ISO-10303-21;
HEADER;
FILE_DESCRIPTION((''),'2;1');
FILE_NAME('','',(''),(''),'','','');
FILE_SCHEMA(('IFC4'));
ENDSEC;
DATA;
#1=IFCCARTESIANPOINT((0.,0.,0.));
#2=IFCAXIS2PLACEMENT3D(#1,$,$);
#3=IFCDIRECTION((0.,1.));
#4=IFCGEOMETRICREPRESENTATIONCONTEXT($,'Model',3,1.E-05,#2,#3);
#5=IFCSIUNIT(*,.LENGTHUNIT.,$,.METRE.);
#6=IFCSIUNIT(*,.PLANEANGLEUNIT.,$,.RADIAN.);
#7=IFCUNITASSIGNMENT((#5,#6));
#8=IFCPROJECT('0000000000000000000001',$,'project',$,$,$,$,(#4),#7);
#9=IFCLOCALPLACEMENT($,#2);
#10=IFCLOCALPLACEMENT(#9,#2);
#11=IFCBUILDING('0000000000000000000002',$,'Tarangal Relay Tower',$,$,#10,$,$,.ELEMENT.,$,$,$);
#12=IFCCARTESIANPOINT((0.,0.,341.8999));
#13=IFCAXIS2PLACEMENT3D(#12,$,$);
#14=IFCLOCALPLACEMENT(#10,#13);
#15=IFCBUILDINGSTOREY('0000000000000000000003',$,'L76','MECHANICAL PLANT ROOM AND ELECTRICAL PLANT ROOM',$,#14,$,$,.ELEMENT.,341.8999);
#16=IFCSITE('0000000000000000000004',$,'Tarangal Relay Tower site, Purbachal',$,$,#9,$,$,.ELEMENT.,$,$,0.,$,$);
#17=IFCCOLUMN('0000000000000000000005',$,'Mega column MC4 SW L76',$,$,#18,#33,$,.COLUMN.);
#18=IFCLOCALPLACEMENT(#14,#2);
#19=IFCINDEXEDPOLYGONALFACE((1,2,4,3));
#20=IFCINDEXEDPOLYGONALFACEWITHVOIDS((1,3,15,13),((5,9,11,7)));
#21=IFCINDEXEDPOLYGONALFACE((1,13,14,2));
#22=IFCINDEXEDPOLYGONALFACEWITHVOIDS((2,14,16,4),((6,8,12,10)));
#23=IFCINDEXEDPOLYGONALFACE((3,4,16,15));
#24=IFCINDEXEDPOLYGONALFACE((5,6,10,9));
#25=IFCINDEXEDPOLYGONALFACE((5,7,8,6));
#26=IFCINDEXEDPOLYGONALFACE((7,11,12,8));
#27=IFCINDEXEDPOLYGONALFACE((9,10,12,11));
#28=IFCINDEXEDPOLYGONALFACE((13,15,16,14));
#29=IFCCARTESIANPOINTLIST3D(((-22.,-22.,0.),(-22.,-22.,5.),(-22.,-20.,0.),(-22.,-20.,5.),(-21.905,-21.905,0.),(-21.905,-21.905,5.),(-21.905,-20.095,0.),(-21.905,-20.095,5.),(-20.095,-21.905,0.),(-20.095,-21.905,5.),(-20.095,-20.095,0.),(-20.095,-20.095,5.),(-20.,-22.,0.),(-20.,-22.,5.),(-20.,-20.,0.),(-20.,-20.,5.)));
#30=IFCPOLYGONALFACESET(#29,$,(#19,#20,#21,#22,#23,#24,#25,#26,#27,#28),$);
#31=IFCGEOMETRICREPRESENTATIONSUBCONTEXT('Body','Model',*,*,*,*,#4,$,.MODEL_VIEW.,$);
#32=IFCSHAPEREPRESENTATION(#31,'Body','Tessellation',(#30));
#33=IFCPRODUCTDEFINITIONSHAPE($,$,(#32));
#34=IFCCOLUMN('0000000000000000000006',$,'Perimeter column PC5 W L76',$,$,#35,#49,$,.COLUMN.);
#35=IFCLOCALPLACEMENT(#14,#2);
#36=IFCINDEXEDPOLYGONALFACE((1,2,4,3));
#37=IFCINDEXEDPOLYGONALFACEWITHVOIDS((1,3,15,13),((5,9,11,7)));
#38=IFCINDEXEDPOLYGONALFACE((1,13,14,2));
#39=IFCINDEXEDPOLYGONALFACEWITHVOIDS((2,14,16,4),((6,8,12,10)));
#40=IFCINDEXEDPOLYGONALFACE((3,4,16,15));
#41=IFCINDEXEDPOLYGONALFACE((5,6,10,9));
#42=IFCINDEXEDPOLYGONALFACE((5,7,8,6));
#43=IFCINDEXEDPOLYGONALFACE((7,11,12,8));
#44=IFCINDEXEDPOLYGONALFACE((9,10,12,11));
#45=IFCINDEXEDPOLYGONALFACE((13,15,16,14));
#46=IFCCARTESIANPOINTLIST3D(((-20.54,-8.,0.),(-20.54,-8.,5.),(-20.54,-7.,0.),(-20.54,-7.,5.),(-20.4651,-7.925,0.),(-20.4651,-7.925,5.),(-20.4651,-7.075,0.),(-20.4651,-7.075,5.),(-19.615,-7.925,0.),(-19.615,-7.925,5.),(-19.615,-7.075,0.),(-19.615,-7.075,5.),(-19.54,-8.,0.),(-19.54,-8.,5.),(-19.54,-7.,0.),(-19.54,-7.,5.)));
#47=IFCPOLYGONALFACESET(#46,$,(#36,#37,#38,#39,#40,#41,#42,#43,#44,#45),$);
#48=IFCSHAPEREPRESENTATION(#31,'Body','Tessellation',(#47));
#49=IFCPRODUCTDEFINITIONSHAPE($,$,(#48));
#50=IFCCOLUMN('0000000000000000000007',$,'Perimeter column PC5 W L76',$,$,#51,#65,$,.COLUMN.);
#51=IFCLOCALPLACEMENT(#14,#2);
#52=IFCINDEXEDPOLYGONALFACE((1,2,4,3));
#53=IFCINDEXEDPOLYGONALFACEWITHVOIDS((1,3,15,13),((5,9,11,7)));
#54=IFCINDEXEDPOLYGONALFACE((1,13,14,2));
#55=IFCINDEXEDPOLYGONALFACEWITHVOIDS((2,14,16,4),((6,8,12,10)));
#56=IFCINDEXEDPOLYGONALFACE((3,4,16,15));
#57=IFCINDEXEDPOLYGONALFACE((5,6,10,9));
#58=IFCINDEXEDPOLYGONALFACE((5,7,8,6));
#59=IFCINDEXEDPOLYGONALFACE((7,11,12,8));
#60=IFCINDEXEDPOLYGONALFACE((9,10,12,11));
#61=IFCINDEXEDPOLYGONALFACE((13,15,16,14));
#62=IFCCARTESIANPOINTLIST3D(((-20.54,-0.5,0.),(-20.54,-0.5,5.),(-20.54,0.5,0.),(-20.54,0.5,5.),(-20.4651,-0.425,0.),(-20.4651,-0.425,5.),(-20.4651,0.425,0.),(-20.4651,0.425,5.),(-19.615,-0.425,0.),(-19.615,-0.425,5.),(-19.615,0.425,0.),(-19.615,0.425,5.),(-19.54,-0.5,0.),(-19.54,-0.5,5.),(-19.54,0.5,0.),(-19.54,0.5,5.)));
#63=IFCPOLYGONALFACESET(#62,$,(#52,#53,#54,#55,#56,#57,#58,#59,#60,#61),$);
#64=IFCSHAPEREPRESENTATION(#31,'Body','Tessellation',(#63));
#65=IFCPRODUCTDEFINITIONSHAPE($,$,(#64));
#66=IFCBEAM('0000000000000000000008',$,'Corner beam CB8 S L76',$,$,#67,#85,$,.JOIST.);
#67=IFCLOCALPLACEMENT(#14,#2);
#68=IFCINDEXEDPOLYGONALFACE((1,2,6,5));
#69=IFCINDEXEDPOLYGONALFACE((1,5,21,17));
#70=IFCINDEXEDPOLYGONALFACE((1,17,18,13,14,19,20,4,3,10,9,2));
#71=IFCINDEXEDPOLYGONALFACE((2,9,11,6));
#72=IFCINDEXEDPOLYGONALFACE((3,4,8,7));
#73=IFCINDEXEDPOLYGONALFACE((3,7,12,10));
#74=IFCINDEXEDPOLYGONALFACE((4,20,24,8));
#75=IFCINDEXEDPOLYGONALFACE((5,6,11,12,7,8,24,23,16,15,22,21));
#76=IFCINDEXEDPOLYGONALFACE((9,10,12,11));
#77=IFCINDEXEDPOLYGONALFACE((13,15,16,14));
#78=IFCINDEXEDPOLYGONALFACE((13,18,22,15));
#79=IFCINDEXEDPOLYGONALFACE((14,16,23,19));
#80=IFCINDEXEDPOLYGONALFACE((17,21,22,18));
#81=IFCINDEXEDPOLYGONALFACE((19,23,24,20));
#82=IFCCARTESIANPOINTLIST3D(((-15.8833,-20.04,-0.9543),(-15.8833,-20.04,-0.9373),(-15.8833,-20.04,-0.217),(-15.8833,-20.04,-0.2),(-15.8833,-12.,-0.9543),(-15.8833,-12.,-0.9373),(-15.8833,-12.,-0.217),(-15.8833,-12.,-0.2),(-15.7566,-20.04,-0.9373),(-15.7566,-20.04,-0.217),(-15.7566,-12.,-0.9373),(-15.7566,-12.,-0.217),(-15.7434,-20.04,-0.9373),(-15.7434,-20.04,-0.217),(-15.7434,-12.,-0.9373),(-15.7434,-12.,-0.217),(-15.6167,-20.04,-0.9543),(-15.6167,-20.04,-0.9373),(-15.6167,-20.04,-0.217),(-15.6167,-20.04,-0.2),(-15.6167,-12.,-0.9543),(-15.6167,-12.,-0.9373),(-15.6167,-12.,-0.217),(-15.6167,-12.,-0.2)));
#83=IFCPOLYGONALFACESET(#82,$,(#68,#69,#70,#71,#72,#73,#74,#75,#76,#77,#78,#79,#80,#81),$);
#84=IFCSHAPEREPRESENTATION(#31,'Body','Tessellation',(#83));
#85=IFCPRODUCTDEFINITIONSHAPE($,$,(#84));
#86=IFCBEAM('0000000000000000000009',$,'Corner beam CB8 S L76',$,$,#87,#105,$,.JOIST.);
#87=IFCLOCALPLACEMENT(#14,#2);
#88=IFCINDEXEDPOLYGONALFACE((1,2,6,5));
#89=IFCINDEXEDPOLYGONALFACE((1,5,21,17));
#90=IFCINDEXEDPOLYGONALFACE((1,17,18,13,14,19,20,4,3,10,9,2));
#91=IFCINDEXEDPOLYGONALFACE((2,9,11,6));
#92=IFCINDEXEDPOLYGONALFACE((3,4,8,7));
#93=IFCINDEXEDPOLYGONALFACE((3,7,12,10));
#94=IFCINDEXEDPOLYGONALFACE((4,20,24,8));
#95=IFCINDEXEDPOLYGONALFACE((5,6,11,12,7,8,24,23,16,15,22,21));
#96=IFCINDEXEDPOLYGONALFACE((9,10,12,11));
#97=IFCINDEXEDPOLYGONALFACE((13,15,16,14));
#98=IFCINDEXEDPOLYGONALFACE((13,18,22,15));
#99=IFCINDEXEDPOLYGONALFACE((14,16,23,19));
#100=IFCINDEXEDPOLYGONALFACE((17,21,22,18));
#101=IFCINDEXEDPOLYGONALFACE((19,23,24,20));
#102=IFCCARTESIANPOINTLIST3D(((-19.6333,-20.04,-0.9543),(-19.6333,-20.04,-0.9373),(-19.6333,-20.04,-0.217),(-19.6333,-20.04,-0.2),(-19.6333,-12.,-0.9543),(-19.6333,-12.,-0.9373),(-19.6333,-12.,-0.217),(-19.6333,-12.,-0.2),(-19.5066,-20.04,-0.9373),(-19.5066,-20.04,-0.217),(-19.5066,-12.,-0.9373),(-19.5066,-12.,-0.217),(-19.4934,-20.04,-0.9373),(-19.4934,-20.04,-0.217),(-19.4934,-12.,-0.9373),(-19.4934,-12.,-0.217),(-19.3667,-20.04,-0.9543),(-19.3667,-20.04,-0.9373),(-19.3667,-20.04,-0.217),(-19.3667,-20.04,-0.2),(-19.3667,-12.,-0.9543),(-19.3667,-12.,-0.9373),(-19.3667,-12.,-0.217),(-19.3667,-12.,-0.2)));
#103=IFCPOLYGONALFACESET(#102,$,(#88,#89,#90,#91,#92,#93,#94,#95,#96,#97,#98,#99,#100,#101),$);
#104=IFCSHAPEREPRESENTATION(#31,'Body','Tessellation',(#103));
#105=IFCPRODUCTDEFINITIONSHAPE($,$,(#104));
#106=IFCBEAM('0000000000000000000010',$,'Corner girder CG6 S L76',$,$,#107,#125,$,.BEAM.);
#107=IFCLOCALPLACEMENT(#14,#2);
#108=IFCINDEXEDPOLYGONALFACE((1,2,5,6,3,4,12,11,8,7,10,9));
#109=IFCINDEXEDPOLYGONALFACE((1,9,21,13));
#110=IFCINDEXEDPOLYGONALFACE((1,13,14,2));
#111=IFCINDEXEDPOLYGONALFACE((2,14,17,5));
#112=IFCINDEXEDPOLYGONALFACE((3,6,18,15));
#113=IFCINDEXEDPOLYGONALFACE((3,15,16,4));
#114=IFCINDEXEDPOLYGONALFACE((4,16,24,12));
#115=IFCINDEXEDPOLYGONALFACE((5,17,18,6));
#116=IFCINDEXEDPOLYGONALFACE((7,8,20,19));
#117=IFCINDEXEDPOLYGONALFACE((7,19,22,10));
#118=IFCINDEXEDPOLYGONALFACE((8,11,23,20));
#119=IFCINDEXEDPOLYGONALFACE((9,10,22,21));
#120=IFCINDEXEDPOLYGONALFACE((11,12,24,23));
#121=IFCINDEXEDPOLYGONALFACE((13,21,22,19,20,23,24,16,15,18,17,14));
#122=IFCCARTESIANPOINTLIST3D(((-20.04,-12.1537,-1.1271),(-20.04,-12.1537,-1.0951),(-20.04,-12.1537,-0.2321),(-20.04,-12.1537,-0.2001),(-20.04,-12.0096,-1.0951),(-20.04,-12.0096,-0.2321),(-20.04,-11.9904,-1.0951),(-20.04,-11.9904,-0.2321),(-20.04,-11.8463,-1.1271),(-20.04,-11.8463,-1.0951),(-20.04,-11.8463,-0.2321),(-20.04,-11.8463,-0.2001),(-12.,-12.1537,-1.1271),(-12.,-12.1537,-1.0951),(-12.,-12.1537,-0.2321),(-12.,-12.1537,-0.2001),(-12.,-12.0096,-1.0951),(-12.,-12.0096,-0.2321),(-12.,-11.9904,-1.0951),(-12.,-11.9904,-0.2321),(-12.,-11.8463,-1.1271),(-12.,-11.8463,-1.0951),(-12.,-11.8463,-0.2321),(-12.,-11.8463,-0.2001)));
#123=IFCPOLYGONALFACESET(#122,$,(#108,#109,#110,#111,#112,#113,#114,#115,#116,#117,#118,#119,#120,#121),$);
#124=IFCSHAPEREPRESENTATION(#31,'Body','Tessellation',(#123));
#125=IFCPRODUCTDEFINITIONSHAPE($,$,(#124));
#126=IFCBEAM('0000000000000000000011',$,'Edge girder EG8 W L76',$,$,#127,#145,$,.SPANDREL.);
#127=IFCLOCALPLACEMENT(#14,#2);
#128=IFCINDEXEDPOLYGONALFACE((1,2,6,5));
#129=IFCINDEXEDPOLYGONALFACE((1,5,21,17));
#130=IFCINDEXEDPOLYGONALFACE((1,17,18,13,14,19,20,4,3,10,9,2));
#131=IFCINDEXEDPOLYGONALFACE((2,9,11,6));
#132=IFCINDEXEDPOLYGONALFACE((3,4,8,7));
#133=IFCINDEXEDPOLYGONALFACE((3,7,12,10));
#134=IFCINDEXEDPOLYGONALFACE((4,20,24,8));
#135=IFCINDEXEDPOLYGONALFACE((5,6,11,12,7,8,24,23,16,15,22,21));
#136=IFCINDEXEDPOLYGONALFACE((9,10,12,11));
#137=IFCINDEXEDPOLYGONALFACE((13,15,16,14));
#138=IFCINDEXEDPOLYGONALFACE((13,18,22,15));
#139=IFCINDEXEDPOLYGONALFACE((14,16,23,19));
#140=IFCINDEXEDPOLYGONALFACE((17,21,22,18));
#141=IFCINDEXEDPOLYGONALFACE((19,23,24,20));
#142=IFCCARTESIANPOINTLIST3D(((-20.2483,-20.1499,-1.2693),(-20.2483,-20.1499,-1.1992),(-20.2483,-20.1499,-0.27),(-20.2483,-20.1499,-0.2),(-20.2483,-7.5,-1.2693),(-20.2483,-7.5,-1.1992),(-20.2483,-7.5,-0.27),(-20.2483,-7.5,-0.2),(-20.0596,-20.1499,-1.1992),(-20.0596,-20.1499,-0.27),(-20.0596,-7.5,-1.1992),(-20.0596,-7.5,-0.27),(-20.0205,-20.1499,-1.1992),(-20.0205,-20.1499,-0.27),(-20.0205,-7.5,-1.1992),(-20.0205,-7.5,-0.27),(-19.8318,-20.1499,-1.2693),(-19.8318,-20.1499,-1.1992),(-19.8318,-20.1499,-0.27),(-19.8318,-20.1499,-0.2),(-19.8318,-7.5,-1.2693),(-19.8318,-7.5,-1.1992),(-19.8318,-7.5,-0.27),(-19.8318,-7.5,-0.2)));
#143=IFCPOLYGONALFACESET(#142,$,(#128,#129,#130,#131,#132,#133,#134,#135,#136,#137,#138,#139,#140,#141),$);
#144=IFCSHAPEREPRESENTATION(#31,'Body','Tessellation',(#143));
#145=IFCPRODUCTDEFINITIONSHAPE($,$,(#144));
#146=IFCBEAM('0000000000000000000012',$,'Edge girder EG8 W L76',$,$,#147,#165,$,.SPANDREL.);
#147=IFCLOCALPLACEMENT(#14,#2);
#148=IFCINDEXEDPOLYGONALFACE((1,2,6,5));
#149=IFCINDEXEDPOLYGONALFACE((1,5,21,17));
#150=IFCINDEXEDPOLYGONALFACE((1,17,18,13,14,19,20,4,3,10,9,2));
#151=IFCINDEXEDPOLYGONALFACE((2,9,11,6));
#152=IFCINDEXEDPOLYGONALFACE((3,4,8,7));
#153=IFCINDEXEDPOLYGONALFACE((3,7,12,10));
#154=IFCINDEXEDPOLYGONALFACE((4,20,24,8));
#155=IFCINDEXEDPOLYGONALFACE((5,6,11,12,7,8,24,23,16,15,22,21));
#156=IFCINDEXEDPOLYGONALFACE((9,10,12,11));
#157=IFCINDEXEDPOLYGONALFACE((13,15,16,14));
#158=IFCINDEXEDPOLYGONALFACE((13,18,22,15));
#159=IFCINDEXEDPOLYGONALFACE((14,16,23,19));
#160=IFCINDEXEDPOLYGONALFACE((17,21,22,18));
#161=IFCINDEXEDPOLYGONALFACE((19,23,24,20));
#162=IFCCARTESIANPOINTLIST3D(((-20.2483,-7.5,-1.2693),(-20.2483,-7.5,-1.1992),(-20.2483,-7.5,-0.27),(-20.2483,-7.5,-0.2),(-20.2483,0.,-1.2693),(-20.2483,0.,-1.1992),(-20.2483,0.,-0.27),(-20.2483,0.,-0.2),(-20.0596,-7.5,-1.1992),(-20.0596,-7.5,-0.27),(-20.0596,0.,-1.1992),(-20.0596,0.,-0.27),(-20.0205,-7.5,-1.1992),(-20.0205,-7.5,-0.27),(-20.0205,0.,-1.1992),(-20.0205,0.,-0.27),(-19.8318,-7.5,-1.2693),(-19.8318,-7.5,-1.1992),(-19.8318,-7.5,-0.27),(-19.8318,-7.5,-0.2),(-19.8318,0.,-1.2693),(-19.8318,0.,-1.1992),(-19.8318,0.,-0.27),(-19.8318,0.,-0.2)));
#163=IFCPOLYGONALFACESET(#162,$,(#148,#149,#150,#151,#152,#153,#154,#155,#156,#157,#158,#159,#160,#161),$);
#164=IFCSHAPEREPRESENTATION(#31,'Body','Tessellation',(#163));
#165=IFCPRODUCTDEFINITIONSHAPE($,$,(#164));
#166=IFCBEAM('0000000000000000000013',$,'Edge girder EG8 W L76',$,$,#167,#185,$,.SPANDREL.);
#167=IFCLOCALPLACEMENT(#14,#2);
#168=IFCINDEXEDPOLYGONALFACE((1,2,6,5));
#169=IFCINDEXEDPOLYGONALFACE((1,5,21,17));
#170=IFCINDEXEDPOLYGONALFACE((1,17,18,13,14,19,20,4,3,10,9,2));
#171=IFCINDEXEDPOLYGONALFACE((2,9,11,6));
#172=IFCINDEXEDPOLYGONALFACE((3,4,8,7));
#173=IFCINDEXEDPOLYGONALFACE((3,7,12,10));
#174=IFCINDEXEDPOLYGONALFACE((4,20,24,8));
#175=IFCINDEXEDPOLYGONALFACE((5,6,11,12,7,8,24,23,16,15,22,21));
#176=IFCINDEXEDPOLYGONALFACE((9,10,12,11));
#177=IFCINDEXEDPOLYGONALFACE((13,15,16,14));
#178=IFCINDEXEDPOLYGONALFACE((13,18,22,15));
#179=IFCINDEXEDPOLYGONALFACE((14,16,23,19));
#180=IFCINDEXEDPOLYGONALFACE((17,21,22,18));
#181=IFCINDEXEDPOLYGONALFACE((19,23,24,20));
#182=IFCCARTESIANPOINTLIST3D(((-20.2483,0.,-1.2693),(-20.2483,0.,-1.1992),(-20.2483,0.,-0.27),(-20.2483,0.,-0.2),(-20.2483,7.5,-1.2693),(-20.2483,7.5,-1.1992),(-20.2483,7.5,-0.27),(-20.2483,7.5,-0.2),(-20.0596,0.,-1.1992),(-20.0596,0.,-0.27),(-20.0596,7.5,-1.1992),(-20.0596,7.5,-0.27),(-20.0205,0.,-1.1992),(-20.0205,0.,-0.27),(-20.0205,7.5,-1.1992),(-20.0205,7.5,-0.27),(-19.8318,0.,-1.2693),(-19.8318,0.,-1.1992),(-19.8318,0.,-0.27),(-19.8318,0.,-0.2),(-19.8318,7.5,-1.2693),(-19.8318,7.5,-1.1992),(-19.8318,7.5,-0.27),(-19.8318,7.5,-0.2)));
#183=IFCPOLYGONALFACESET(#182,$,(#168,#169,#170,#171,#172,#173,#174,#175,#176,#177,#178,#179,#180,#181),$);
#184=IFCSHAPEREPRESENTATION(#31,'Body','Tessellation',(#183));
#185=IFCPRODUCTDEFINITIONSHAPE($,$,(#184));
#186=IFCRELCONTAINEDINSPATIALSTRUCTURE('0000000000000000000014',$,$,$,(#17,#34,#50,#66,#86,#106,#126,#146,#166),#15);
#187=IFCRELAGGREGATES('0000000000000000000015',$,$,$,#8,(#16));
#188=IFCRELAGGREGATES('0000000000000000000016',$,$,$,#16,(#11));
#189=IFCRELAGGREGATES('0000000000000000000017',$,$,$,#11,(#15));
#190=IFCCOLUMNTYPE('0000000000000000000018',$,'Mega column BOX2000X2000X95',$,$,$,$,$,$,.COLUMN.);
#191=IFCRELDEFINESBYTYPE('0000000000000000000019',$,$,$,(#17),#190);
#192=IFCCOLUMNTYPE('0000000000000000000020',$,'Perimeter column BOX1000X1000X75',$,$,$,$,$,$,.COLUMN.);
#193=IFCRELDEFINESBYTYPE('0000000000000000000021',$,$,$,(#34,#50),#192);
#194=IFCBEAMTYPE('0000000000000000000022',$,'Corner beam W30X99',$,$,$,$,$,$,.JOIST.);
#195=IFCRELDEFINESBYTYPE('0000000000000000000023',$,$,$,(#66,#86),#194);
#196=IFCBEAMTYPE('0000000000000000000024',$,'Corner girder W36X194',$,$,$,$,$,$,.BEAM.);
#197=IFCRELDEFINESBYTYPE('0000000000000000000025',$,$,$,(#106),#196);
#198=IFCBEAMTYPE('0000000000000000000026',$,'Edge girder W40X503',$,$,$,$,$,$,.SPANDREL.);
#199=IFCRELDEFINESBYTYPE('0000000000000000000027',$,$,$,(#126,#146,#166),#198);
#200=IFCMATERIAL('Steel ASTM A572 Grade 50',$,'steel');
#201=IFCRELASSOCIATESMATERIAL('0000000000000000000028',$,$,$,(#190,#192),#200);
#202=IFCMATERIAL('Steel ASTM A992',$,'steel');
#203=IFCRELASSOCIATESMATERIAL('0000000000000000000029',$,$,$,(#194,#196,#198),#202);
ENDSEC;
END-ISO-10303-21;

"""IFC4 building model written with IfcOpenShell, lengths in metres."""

from ifc_helpers import new_model, si_unit, direction, frame, origin, origin_2d, place, context, subcontext, project, spatial, hollow_rectangle, i_section, extrude, material, material_profile, profile_set, type_object, element, save


model = new_model("IFC4")

# Units and contexts
model_context = context("Model", 3, precision=1e-05, world=origin(), true_north=direction((0.0, 1.0)))
body_context = subcontext(model_context, "Body", "Model", "MODEL_VIEW")
ifc_project = project(units=[si_unit("LENGTHUNIT", "METRE"), si_unit("PLANEANGLEUNIT", "RADIAN")], contexts=[model_context])

# Site, building, storey
site_placement = place(None, origin())
site = spatial("IfcSite", under=ifc_project, at=site_placement, Name="Tarangal Relay Tower site, Purbachal", CompositionType="ELEMENT", RefElevation=0.0)
building_placement = place(site_placement, origin())
building = spatial("IfcBuilding", under=site, at=building_placement, Name="Tarangal Relay Tower", CompositionType="ELEMENT")
storey_placement = place(building_placement, frame((0.0, 0.0, 341.8999)))
storey = spatial("IfcBuildingStorey", under=building, at=storey_placement, Name="L76", Description="MECHANICAL PLANT ROOM AND ELECTRICAL PLANT ROOM", CompositionType="ELEMENT", Elevation=341.8999)

# Columns
ifc_material_1 = material(Name="Steel ASTM A572 Grade 50", Category="steel")
ifc_material_profile_1 = material_profile(ifc_material_1, hollow_rectangle(XDim=2.0, YDim=2.0, WallThickness=0.095, at=origin_2d()), Name="BOX2000X2000X95")
ifc_profile_set_1 = profile_set([ifc_material_profile_1], Name="Steel ASTM A572 Grade 50")
column_type_1 = type_object("IfcColumnType", Name="Mega column BOX2000X2000X95", PredefinedType="COLUMN", material=ifc_profile_set_1)
column_placement = place(storey_placement, frame((-21.0, -21.0, 0.0), z_axis=(0.0, 0.0, 1.0), x_axis=(1.0, 0.0, 0.0)))
element("IfcColumn", 1, at=column_placement, inside=storey, type_object=column_type_1, Name="Mega column MC4 SW L76", PredefinedType="COLUMN", context=body_context, shape_type="SweptSolid", body=[
    extrude(hollow_rectangle(XDim=2.0, YDim=2.0, WallThickness=0.095, at=origin_2d()), origin(), (0.0, 0.0, 1.0), 5.0),
])
ifc_material_profile_2 = material_profile(ifc_material_1, hollow_rectangle(XDim=1.0, YDim=1.0, WallThickness=0.075, at=origin_2d()), Name="BOX1000X1000X75")
ifc_profile_set_2 = profile_set([ifc_material_profile_2], Name="Steel ASTM A572 Grade 50")
column_type_2 = type_object("IfcColumnType", Name="Perimeter column BOX1000X1000X75", PredefinedType="COLUMN", material=ifc_profile_set_2)
for number, where, z_axis, x_axis, name in (
    (2, (-20.04, -7.5, 0.0), (0.0, 0.0, 1.0), (1.0, 0.0, 0.0), "Perimeter column PC5 W L76"),
    (3, (-20.04, 0.0, 0.0), (0.0, 0.0, 1.0), (1.0, 0.0, 0.0), "Perimeter column PC5 W L76"),
):
    element("IfcColumn", number, at=place(storey_placement, frame(where, z_axis=z_axis, x_axis=x_axis)), inside=storey, type_object=column_type_2, Name=name, PredefinedType="COLUMN", context=body_context, shape_type="SweptSolid", body=[
        extrude(hollow_rectangle(XDim=1.0, YDim=1.0, WallThickness=0.075, at=origin_2d()), origin(), (0.0, 0.0, 1.0), 5.0),
    ])

# Beams
ifc_material_2 = material(Name="Steel ASTM A992", Category="steel")
ifc_material_profile_3 = material_profile(ifc_material_2, i_section(OverallWidth=0.2666, OverallDepth=0.7544, WebThickness=0.0132, FlangeThickness=0.0171, at=origin_2d()), Name="W30X99")
ifc_profile_set_3 = profile_set([ifc_material_profile_3], Name="Steel ASTM A992")
beam_type_1 = type_object("IfcBeamType", Name="Corner beam W30X99", PredefinedType="JOIST", material=ifc_profile_set_3)
for number, where, z_axis, x_axis, name in (
    (4, (-15.75, -12.0, -0.5771), (0.0, -1.0, 0.0), (1.0, 0.0, 0.0), "Corner beam CB8 S L76"),
    (5, (-19.5, -12.0, -0.5771), (0.0, -1.0, 0.0), (1.0, 0.0, 0.0), "Corner beam CB8 S L76"),
):
    element("IfcBeam", number, at=place(storey_placement, frame(where, z_axis=z_axis, x_axis=x_axis)), inside=storey, type_object=beam_type_1, Name=name, PredefinedType="JOIST", context=body_context, shape_type="SweptSolid", body=[
        extrude(i_section(OverallWidth=0.2666, OverallDepth=0.7544, WebThickness=0.0132, FlangeThickness=0.0171, at=origin_2d()), origin(), (0.0, 0.0, 1.0), 8.04),
    ])
ifc_material_profile_4 = material_profile(ifc_material_2, i_section(OverallWidth=0.3074, OverallDepth=0.927, WebThickness=0.0193, FlangeThickness=0.032, at=origin_2d()), Name="W36X194")
ifc_profile_set_4 = profile_set([ifc_material_profile_4], Name="Steel ASTM A992")
beam_type_2 = type_object("IfcBeamType", Name="Corner girder W36X194", PredefinedType="BEAM", material=ifc_profile_set_4)
beam_1_placement = place(storey_placement, frame((-12.0, -12.0, -0.6636), z_axis=(-1.0, 0.0, 0.0), x_axis=(0.0, -1.0, 0.0)))
element("IfcBeam", 6, at=beam_1_placement, inside=storey, type_object=beam_type_2, Name="Corner girder CG6 S L76", PredefinedType="BEAM", context=body_context, shape_type="SweptSolid", body=[
    extrude(i_section(OverallWidth=0.3074, OverallDepth=0.927, WebThickness=0.0193, FlangeThickness=0.032, at=origin_2d()), origin(), (0.0, 0.0, 1.0), 8.04),
])
ifc_material_profile_5 = material_profile(ifc_material_2, i_section(OverallWidth=0.4165, OverallDepth=1.0693, WebThickness=0.0391, FlangeThickness=0.0701, at=origin_2d()), Name="W40X503")
ifc_profile_set_5 = profile_set([ifc_material_profile_5], Name="Steel ASTM A992")
beam_type_3 = type_object("IfcBeamType", Name="Edge girder W40X503", PredefinedType="SPANDREL", material=ifc_profile_set_5)
beam_2_placement = place(storey_placement, frame((-20.04, -20.1499, -0.7346), z_axis=(0.0, 1.0, 0.0), x_axis=(-1.0, 0.0, 0.0)))
element("IfcBeam", 7, at=beam_2_placement, inside=storey, type_object=beam_type_3, Name="Edge girder EG8 W L76", PredefinedType="SPANDREL", context=body_context, shape_type="SweptSolid", body=[
    extrude(i_section(OverallWidth=0.4165, OverallDepth=1.0693, WebThickness=0.0391, FlangeThickness=0.0701, at=origin_2d()), origin(), (0.0, 0.0, 1.0), 12.6499),
])
for number, where, z_axis, x_axis, name in (
    (8, (-20.04, -7.5, -0.7346), (0.0, 1.0, 0.0), (-1.0, 0.0, 0.0), "Edge girder EG8 W L76"),
    (9, (-20.04, 0.0, -0.7346), (0.0, 1.0, 0.0), (-1.0, 0.0, 0.0), "Edge girder EG8 W L76"),
):
    element("IfcBeam", number, at=place(storey_placement, frame(where, z_axis=z_axis, x_axis=x_axis)), inside=storey, type_object=beam_type_3, Name=name, PredefinedType="SPANDREL", context=body_context, shape_type="SweptSolid", body=[
        extrude(i_section(OverallWidth=0.4165, OverallDepth=1.0693, WebThickness=0.0391, FlangeThickness=0.0701, at=origin_2d()), origin(), (0.0, 0.0, 1.0), 7.5),
    ])

save(model, "model.ifc")
